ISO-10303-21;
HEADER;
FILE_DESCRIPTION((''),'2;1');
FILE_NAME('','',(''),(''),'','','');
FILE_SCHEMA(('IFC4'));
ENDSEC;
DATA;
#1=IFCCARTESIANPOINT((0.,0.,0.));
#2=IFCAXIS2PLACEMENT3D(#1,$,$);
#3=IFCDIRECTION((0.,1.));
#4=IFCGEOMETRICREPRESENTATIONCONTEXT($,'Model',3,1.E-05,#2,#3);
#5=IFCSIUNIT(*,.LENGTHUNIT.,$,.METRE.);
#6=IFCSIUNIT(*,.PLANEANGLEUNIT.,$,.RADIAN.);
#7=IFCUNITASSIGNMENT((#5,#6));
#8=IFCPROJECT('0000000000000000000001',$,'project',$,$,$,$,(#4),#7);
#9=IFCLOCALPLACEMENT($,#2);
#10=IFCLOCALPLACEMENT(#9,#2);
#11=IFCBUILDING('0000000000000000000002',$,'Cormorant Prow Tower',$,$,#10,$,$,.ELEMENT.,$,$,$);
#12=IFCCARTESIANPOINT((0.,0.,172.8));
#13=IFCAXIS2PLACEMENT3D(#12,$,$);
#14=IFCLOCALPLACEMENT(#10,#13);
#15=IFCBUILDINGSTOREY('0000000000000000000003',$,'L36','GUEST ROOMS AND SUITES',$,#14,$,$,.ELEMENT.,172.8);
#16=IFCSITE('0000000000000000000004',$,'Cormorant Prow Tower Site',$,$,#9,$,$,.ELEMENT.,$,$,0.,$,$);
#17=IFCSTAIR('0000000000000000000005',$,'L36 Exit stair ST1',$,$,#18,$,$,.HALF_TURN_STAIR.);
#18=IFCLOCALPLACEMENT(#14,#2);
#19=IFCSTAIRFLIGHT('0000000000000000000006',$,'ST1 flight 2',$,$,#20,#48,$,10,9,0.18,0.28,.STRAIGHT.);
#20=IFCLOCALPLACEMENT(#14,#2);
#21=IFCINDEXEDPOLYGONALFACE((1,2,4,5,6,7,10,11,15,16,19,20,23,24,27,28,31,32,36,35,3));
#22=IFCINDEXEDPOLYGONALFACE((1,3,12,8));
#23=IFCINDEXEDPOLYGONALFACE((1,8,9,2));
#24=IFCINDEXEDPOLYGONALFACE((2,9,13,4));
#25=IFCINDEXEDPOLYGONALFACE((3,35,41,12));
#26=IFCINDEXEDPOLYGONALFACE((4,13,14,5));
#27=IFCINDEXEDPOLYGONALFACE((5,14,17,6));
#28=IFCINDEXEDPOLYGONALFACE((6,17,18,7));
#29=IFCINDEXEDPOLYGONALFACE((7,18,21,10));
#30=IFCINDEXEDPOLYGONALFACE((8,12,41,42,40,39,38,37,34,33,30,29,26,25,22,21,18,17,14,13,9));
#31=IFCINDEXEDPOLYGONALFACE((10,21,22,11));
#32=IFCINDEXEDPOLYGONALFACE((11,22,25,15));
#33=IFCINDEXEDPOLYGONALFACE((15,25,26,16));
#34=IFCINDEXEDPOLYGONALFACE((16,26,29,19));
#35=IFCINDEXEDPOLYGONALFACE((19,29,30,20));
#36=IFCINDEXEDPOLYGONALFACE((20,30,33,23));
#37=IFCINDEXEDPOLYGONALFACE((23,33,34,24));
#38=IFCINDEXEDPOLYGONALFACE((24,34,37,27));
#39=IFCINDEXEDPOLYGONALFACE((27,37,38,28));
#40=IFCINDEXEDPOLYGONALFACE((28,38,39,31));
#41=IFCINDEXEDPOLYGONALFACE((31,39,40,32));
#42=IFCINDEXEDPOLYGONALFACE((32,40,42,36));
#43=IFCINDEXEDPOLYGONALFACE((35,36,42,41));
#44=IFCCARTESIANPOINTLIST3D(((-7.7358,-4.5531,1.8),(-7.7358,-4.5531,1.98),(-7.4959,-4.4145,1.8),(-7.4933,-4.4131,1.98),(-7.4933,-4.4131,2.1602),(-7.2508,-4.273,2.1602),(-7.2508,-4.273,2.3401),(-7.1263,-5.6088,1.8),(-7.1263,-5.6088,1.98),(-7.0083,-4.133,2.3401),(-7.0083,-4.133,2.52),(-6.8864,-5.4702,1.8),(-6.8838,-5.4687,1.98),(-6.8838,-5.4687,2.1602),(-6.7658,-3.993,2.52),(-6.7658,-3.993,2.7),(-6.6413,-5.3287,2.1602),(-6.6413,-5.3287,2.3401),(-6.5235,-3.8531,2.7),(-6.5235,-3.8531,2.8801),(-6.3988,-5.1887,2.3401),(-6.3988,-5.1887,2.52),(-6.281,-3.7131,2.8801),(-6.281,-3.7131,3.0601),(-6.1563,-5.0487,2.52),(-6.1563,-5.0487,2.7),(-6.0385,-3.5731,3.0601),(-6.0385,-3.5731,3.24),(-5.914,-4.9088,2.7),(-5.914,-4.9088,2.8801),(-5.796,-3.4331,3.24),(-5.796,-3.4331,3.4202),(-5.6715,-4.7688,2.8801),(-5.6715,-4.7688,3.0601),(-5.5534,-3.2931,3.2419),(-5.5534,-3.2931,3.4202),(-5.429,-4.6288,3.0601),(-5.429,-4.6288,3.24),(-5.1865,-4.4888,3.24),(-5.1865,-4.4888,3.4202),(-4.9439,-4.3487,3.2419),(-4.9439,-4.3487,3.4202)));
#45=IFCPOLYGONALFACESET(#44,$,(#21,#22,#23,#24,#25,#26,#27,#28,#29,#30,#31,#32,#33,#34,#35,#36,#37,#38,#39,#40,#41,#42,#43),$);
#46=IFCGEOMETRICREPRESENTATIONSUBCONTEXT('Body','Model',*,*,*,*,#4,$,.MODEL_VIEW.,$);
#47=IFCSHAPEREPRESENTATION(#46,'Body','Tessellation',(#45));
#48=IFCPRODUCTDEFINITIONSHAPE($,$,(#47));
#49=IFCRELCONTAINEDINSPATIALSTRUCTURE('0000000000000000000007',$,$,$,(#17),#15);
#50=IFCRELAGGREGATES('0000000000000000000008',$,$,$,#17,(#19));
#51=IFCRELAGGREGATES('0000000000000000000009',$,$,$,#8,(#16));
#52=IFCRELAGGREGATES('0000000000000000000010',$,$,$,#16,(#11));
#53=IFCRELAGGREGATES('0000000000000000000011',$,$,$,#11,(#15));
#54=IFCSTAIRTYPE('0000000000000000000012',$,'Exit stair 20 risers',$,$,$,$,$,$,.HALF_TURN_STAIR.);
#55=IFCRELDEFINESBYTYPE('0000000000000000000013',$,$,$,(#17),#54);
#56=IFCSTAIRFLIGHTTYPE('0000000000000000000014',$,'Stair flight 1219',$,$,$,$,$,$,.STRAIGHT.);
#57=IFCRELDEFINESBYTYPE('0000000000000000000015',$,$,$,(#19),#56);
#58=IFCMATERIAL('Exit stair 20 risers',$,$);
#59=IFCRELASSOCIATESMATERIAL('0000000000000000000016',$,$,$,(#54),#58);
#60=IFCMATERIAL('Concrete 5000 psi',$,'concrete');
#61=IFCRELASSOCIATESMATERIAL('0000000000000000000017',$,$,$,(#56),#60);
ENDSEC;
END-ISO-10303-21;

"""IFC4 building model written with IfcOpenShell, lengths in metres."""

from ifc_helpers import new_model, si_unit, direction, frame, origin, place, context, subcontext, project, spatial, polyline, outline, extrude, material, type_object, element, aggregate, save


model = new_model("IFC4")

# Units and contexts
model_context = context("Model", 3, precision=1e-05, world=origin(), true_north=direction((0.0, 1.0)))
body_context = subcontext(model_context, "Body", "Model", "MODEL_VIEW")
ifc_project = project(units=[si_unit("LENGTHUNIT", "METRE"), si_unit("PLANEANGLEUNIT", "RADIAN")], contexts=[model_context])

# Site, building, storey
site_placement = place(None, origin())
site = spatial("IfcSite", under=ifc_project, at=site_placement, Name="Cormorant Prow Tower Site", CompositionType="ELEMENT", RefElevation=0.0)
building_placement = place(site_placement, origin())
building = spatial("IfcBuilding", under=site, at=building_placement, Name="Cormorant Prow Tower", CompositionType="ELEMENT")
storey_placement = place(building_placement, frame((0.0, 0.0, 172.8)))
storey = spatial("IfcBuildingStorey", under=building, at=storey_placement, Name="L36", Description="GUEST ROOMS AND SUITES", CompositionType="ELEMENT", Elevation=172.8)

# Stair, stair flight
ifc_material_1 = material(Name="Exit stair 20 risers")
stair_type = type_object("IfcStairType", Name="Exit stair 20 risers", PredefinedType="HALF_TURN_STAIR", material=ifc_material_1)
stair_placement = place(storey_placement, origin())
stair = element("IfcStair", 1, at=stair_placement, inside=storey, type_object=stair_type, Name="L36 Exit stair ST1", PredefinedType="HALF_TURN_STAIR")
ifc_material_2 = material(Name="Concrete 5000 psi", Category="concrete")
stair_flight_type = type_object("IfcStairFlightType", Name="Stair flight 1219", PredefinedType="STRAIGHT", material=ifc_material_2)
stair_flight_placement = place(storey_placement, frame((-7.4312, -5.0808, 1.8), z_axis=(0.0, 0.0, 1.0), x_axis=(0.866025, 0.5, 0.0)))
stair_flight = element("IfcStairFlight", 2, at=stair_flight_placement, type_object=stair_flight_type, Name="ST1 flight 2", NumberOfRisers=10, NumberOfTreads=9, PredefinedType="STRAIGHT", RiserHeight=0.18, TreadLength=0.28, context=body_context, shape_type="SweptSolid", body=[
    extrude(outline(polyline([(0.0, 0.0), (0.0, 0.1799), (0.28, 0.1799), (0.28, 0.3601), (0.5601, 0.3601), (0.5601, 0.54), (0.8401, 0.54), (0.8401, 0.72), (1.1201, 0.72), (1.1201, 0.8999), (1.3999, 0.8999), (1.3999, 1.0801), (1.6799, 1.0801), (1.6799, 1.26), (1.96, 1.26), (1.96, 1.4399), (2.24, 1.4399), (2.24, 1.6201), (2.52, 1.6201), (2.52, 1.8), (2.52, 1.4419), (0.2771, 0.0), (0.0, 0.0)])), frame((0.0, 0.6094, 0.0), z_axis=(0.0, -1.0, 0.0), x_axis=(1.0, 0.0, 0.0)), (0.0, 0.0, 1.0), 1.219),
])
aggregate(stair, [stair_flight])

save(model, "model.ifc")
